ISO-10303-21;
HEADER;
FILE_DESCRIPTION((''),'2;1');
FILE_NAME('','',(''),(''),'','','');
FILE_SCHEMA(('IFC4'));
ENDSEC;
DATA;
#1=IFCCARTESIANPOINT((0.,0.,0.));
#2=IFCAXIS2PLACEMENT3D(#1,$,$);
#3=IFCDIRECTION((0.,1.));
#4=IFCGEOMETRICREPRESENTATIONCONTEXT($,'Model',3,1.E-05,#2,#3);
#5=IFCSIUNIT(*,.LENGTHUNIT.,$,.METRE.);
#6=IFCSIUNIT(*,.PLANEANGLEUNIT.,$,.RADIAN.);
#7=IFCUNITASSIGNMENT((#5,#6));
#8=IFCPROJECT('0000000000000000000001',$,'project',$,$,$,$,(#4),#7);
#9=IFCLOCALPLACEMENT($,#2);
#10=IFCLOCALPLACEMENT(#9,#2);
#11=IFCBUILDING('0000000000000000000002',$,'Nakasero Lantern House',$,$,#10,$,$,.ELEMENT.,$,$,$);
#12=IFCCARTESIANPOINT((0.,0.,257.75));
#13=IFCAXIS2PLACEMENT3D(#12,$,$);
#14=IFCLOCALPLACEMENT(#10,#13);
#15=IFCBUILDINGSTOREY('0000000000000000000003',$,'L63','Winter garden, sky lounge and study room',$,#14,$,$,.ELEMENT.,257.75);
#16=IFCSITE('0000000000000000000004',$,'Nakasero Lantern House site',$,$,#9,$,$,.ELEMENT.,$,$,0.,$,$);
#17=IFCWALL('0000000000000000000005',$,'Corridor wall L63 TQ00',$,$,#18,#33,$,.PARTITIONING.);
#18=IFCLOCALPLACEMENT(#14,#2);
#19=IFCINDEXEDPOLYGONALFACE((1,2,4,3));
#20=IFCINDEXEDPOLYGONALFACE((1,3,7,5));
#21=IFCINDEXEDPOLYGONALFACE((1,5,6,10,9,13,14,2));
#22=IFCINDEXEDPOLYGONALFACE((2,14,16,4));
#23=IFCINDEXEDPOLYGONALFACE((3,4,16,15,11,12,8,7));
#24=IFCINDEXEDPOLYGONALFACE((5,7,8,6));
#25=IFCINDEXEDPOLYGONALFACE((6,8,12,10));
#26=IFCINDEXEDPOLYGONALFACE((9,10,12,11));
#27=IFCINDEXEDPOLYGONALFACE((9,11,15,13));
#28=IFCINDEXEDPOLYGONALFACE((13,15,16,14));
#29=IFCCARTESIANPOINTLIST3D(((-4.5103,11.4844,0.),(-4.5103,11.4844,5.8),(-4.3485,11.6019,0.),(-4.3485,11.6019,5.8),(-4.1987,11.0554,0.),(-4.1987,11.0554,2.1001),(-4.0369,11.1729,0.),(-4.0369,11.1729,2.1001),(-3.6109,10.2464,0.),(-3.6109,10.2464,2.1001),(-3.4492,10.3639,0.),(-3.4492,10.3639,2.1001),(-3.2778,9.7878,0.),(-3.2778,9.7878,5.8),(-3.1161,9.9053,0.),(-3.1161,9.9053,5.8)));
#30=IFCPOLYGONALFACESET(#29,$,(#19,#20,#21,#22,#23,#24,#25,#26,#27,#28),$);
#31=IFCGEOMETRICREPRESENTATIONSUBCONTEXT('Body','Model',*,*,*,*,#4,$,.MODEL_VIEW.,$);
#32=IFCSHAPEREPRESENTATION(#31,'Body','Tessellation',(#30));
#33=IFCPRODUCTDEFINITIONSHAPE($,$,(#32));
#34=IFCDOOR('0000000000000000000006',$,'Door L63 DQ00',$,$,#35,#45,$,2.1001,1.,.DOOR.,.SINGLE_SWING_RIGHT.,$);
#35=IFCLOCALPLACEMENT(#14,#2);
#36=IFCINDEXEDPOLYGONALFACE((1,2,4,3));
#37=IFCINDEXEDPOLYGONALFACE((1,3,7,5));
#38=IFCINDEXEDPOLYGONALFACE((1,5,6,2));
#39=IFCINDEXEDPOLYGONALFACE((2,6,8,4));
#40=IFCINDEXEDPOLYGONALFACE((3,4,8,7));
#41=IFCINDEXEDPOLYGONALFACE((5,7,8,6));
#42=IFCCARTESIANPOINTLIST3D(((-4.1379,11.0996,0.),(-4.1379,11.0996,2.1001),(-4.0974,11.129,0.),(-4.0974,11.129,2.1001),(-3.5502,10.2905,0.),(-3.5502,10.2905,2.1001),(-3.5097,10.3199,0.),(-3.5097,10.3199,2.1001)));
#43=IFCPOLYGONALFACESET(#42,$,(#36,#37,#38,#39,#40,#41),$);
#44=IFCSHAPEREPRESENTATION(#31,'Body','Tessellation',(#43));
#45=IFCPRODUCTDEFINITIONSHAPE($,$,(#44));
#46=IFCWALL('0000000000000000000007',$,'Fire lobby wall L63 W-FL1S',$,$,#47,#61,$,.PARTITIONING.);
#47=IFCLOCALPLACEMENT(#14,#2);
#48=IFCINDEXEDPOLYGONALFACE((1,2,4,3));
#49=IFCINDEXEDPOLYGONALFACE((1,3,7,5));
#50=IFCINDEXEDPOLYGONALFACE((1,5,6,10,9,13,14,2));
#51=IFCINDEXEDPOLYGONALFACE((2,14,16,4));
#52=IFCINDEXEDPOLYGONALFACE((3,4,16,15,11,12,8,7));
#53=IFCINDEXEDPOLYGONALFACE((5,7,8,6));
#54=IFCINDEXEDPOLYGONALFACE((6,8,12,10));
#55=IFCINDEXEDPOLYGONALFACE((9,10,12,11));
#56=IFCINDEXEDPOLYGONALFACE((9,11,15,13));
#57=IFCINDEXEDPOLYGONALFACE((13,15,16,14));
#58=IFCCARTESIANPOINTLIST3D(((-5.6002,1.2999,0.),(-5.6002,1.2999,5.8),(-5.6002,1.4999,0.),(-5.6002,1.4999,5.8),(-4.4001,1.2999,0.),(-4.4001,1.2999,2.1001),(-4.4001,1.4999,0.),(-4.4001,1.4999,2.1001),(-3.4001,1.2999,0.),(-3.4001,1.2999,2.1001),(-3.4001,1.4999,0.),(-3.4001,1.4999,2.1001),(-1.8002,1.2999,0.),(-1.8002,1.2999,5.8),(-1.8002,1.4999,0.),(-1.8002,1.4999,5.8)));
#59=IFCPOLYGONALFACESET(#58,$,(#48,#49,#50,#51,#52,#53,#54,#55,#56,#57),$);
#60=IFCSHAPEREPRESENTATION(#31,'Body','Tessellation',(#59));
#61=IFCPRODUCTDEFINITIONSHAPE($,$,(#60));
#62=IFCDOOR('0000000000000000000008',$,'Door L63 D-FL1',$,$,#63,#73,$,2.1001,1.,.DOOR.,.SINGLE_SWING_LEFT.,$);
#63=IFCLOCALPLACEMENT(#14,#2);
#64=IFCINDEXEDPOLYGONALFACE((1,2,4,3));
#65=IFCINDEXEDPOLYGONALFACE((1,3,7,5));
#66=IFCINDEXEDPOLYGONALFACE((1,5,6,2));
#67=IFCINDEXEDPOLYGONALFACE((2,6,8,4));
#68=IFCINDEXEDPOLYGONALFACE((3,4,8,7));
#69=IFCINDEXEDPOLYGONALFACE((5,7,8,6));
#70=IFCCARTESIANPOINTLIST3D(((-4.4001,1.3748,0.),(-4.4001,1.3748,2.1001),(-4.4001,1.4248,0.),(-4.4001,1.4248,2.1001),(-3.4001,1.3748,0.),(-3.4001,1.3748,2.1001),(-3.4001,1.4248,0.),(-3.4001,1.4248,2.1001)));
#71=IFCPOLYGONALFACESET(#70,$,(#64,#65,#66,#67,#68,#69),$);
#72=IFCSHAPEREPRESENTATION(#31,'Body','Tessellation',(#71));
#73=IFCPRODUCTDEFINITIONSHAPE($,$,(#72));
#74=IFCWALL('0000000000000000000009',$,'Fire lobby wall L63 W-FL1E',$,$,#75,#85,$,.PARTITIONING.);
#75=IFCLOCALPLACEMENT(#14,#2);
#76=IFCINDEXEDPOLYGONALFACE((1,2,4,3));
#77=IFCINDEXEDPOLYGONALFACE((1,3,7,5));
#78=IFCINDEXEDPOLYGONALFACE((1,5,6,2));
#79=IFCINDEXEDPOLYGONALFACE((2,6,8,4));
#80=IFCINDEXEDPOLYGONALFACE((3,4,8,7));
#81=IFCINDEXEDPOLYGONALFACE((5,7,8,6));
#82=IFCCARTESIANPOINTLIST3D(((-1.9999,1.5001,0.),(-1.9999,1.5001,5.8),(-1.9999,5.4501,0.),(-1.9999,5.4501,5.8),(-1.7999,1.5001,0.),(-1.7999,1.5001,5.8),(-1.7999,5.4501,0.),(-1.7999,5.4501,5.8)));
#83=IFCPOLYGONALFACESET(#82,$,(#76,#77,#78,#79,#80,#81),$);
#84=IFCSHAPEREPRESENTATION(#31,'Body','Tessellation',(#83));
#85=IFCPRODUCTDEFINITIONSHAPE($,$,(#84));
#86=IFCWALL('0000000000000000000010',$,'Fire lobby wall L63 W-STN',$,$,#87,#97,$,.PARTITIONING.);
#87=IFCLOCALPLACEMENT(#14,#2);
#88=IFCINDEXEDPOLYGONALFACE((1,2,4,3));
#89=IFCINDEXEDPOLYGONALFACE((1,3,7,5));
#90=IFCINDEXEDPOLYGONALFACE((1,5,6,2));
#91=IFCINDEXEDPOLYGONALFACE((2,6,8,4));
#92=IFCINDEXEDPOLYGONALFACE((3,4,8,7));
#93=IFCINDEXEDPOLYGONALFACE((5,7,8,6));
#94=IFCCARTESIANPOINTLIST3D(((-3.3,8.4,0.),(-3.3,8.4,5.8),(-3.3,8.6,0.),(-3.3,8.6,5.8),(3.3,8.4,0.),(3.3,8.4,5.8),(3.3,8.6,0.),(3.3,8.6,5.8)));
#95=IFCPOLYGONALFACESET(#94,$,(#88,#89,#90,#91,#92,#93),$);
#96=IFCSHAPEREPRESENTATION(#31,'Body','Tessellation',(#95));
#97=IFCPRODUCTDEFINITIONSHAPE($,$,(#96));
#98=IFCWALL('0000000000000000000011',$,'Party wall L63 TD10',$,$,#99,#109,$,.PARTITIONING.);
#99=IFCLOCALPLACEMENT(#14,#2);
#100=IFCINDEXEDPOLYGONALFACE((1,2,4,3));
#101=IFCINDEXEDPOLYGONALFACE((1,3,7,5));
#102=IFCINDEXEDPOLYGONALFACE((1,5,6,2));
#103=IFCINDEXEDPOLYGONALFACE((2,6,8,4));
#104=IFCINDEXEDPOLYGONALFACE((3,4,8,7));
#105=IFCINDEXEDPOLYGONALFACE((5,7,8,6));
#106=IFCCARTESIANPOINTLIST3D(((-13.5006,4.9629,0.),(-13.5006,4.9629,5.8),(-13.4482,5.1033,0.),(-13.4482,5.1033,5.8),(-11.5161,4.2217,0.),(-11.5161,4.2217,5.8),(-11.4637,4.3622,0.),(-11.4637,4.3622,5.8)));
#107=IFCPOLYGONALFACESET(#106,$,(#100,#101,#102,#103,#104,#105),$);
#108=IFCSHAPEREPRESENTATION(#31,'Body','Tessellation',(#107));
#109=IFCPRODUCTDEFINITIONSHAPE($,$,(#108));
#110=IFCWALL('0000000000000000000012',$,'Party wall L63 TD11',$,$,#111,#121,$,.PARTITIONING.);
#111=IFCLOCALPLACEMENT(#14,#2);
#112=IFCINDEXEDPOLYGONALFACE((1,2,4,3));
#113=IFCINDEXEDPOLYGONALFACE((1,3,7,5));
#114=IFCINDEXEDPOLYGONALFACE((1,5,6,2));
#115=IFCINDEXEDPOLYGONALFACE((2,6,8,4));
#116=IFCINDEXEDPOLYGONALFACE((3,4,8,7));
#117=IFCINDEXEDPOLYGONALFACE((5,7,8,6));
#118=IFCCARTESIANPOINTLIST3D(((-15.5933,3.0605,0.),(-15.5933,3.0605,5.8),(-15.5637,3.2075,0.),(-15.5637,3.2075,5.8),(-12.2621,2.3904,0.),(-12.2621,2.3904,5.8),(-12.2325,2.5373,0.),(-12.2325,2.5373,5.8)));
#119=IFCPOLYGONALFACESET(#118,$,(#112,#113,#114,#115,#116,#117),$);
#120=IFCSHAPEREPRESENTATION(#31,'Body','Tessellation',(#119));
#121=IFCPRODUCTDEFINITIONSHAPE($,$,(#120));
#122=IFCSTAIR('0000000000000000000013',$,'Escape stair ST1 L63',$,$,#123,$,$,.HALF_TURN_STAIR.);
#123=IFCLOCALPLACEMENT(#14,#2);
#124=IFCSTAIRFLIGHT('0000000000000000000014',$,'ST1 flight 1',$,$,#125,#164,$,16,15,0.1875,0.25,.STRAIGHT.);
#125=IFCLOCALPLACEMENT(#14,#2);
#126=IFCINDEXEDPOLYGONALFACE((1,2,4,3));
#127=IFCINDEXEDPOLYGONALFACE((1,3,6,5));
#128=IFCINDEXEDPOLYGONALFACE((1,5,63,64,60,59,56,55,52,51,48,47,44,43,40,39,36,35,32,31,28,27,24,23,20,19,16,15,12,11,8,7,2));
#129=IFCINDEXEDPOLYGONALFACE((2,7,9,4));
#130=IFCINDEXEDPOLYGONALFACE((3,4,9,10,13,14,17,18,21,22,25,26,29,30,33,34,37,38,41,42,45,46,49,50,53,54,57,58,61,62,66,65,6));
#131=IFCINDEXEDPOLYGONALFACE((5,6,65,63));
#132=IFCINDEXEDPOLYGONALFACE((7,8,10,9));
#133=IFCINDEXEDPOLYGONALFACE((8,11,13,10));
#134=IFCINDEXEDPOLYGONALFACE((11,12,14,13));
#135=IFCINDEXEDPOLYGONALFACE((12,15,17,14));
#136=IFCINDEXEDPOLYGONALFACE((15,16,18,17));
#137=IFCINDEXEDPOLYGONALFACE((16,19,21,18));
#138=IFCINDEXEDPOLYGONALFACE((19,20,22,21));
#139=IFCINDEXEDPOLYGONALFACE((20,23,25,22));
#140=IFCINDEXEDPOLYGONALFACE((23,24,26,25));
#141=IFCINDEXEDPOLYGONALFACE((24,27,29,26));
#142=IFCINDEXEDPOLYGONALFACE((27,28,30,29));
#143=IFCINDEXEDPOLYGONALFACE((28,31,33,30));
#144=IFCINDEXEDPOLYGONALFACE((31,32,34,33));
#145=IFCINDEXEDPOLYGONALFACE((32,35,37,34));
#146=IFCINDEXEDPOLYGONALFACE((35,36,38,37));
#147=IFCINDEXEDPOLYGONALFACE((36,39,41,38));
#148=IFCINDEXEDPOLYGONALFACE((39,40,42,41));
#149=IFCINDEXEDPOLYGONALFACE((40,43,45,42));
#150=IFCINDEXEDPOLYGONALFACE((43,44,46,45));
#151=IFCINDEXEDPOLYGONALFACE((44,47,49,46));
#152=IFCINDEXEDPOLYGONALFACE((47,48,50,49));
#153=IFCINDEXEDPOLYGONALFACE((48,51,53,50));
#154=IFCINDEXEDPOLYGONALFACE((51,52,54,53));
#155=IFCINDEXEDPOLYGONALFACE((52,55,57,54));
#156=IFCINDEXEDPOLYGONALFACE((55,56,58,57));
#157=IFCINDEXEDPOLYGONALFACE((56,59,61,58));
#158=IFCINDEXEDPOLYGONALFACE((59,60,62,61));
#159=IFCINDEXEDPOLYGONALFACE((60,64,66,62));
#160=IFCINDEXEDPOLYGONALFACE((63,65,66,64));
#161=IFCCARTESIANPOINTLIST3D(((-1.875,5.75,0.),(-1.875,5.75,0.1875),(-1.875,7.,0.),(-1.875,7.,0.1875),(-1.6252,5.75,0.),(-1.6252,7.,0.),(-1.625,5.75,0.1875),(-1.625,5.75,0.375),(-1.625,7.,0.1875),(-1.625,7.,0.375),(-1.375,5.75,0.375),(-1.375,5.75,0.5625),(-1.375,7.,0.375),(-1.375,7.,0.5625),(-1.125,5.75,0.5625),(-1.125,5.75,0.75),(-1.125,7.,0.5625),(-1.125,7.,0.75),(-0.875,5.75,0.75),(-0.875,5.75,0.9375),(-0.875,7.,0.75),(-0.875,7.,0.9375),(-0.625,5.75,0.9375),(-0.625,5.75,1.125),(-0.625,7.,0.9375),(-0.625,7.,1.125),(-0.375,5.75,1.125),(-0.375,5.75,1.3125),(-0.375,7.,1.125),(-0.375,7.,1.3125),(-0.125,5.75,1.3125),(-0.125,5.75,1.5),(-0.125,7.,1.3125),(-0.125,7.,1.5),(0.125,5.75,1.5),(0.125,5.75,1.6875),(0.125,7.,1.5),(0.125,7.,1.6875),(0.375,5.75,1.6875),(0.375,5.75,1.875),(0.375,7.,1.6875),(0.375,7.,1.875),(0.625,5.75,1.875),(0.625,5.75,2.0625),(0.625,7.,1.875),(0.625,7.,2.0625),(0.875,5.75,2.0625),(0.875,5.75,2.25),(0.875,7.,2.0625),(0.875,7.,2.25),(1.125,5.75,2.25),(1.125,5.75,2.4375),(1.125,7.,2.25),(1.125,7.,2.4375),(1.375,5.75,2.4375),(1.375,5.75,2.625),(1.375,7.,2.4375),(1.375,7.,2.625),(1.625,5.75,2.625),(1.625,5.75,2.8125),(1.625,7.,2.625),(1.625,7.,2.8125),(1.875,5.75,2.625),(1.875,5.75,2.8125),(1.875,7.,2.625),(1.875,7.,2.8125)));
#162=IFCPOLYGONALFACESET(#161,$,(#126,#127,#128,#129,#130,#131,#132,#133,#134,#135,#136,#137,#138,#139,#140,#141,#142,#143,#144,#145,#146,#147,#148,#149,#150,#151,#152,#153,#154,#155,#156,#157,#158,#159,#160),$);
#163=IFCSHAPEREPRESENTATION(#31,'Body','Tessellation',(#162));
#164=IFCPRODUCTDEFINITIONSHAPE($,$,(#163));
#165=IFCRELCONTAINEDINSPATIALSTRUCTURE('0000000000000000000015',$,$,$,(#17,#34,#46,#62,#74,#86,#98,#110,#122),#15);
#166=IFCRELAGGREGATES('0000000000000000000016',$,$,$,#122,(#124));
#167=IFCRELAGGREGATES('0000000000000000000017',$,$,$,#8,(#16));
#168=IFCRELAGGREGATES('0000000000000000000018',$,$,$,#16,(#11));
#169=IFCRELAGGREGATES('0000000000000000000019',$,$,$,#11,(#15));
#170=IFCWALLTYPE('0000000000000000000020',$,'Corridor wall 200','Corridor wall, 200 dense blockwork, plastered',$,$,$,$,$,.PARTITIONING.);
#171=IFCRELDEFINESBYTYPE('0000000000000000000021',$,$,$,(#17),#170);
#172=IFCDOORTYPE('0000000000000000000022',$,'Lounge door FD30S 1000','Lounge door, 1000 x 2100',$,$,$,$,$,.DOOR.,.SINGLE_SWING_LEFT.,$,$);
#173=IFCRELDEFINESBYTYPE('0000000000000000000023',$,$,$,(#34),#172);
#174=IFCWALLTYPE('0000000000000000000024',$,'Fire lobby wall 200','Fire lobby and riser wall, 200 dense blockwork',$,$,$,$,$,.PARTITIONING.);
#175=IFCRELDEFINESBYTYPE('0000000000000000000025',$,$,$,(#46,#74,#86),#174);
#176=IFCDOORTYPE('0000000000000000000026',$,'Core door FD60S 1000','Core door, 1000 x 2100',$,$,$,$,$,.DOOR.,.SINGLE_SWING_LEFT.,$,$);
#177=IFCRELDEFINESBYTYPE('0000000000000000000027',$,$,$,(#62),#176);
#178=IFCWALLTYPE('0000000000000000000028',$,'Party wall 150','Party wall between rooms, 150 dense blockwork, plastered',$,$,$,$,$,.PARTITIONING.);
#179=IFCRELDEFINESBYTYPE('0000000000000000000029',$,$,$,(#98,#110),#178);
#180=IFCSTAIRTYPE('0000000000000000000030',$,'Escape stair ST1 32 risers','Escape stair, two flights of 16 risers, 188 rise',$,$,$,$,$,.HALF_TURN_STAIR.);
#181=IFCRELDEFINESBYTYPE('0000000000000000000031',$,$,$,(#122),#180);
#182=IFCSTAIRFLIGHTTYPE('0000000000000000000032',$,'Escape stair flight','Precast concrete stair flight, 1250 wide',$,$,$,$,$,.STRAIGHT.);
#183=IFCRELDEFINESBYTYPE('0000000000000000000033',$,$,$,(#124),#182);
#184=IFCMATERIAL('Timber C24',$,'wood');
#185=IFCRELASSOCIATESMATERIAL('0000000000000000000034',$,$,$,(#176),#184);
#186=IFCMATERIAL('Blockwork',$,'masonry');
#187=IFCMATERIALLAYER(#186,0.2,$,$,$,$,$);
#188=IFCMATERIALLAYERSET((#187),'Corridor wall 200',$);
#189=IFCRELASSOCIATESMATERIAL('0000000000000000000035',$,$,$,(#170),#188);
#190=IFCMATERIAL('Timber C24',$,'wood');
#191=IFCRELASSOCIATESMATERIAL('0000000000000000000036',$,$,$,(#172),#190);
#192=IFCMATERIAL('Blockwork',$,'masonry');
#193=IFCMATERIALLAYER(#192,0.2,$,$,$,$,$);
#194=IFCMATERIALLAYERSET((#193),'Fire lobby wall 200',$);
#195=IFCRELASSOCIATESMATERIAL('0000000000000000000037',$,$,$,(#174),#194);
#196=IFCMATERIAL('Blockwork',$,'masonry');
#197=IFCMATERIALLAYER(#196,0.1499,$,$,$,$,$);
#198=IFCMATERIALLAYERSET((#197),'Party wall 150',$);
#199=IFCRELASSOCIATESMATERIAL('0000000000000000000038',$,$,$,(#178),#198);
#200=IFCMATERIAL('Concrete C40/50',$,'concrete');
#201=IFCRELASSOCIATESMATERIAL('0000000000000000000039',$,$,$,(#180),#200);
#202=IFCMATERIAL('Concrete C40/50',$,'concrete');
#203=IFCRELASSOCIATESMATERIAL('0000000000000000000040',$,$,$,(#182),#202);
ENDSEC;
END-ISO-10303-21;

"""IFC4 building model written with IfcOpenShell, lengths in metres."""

from ifc_helpers import new_model, si_unit, direction, frame, frame_2d, origin, place, context, subcontext, project, spatial, polyline, rectangle, outline, extrude, material, layer, layer_set, type_object, element, fill, aggregate, save


model = new_model("IFC4")

# Units and contexts
model_context = context("Model", 3, precision=1e-05, world=origin(), true_north=direction((0.0, 1.0)))
body_context = subcontext(model_context, "Body", "Model", "MODEL_VIEW")
ifc_project = project(units=[si_unit("LENGTHUNIT", "METRE"), si_unit("PLANEANGLEUNIT", "RADIAN")], contexts=[model_context])

# Site, building, storey
site_placement = place(None, origin())
site = spatial("IfcSite", under=ifc_project, at=site_placement, Name="Nakasero Lantern House site", CompositionType="ELEMENT", RefElevation=0.0)
building_placement = place(site_placement, origin())
building = spatial("IfcBuilding", under=site, at=building_placement, Name="Nakasero Lantern House", CompositionType="ELEMENT")
storey_placement = place(building_placement, frame((0.0, 0.0, 257.75)))
storey = spatial("IfcBuildingStorey", under=building, at=storey_placement, Name="L63", Description="Winter garden, sky lounge and study room", CompositionType="ELEMENT", Elevation=257.75)

# Shared definitions
ifc_material_1 = material(Name="Timber C24", Category="wood")
door_type_1 = type_object("IfcDoorType", Name="Core door FD60S 1000", Description="Core door, 1000 x 2100", OperationType="SINGLE_SWING_LEFT", PredefinedType="DOOR", material=ifc_material_1)

# Shared definitions
ifc_material_2 = material(Name="Blockwork", Category="masonry")
ifc_layer_1 = layer(ifc_material_2, 0.2)
ifc_layer_set_1 = layer_set([ifc_layer_1], Name="Corridor wall 200")
wall_type_1 = type_object("IfcWallType", Name="Corridor wall 200", Description="Corridor wall, 200 dense blockwork, plastered", PredefinedType="PARTITIONING", material=ifc_layer_set_1)

# Walls, openings, doors
wall_1_placement = place(storey_placement, frame((-3.197, 9.8467, 0.0), z_axis=(0.0, 0.0, 1.0), x_axis=(-0.587729, 0.809058, 0.0)))
wall_1 = element("IfcWall", 1, at=wall_1_placement, inside=storey, type_object=wall_type_1, Name="Corridor wall L63 TQ00", PredefinedType="PARTITIONING", context=body_context, shape_type="SweptSolid", body=[
    extrude(rectangle(XDim=2.0969, YDim=0.2, at=frame_2d((1.0483, 0.0))), origin(), (0.0, 0.0, 1.0), 5.8),
])
opening_1_placement = place(wall_1_placement, frame((0.5667, 0.0, 0.0)))
opening_1 = element("IfcOpeningElement", 2, at=opening_1_placement, cuts=wall_1, PredefinedType="OPENING", context=body_context, shape_type="SweptSolid", body=[
    extrude(rectangle(XDim=1.0, YDim=2.1001, at=frame_2d((0.5, 1.05))), frame((0.0, 0.1199, 0.0), z_axis=(0.0, -1.0, 0.0), x_axis=(1.0, 0.0, 0.0)), (0.0, 0.0, 1.0), 0.24),
])
ifc_material_3 = material(Name="Timber C24", Category="wood")
door_type_2 = type_object("IfcDoorType", Name="Lounge door FD30S 1000", Description="Lounge door, 1000 x 2100", OperationType="SINGLE_SWING_LEFT", PredefinedType="DOOR", material=ifc_material_3)
door_1_placement = place(opening_1_placement, origin())
door_1 = element("IfcDoor", 3, at=door_1_placement, inside=storey, type_object=door_type_2, Name="Door L63 DQ00", OperationType="SINGLE_SWING_RIGHT", OverallHeight=2.1001, OverallWidth=1.0, PredefinedType="DOOR", context=body_context, shape_type="SweptSolid", body=[
    extrude(rectangle(XDim=1.0, YDim=2.1001, at=frame_2d((0.5, 1.05))), frame((0.0, 0.0249, 0.0), z_axis=(0.0, -1.0, 0.0), x_axis=(1.0, 0.0, 0.0)), (0.0, 0.0, 1.0), 0.05),
])
fill(opening_1, door_1)
ifc_material_4 = material(Name="Blockwork", Category="masonry")
ifc_layer_2 = layer(ifc_material_4, 0.2)
ifc_layer_set_2 = layer_set([ifc_layer_2], Name="Fire lobby wall 200")
wall_type_2 = type_object("IfcWallType", Name="Fire lobby wall 200", Description="Fire lobby and riser wall, 200 dense blockwork", PredefinedType="PARTITIONING", material=ifc_layer_set_2)
wall_2_placement = place(storey_placement, frame((-5.6001, 1.3999, 0.0), z_axis=(0.0, 0.0, 1.0), x_axis=(1.0, 0.0, 0.0)))
wall_2 = element("IfcWall", 4, at=wall_2_placement, inside=storey, type_object=wall_type_2, Name="Fire lobby wall L63 W-FL1S", PredefinedType="PARTITIONING", context=body_context, shape_type="SweptSolid", body=[
    extrude(rectangle(XDim=3.8, YDim=0.2, at=frame_2d((1.8999, 0.0))), origin(), (0.0, 0.0, 1.0), 5.8),
])
opening_2_placement = place(wall_2_placement, frame((1.2, 0.0, 0.0)))
opening_2 = element("IfcOpeningElement", 5, at=opening_2_placement, cuts=wall_2, PredefinedType="OPENING", context=body_context, shape_type="SweptSolid", body=[
    extrude(rectangle(XDim=1.0, YDim=2.1001, at=frame_2d((0.5, 1.05))), frame((0.0, 0.1199, 0.0), z_axis=(0.0, -1.0, 0.0), x_axis=(1.0, 0.0, 0.0)), (0.0, 0.0, 1.0), 0.24),
])
door_2_placement = place(opening_2_placement, origin())
door_2 = element("IfcDoor", 6, at=door_2_placement, inside=storey, type_object=door_type_1, Name="Door L63 D-FL1", OperationType="SINGLE_SWING_LEFT", OverallHeight=2.1001, OverallWidth=1.0, PredefinedType="DOOR", context=body_context, shape_type="SweptSolid", body=[
    extrude(rectangle(XDim=1.0, YDim=2.1001, at=frame_2d((0.5, 1.05))), frame((0.0, 0.0249, 0.0), z_axis=(0.0, -1.0, 0.0), x_axis=(1.0, 0.0, 0.0)), (0.0, 0.0, 1.0), 0.05),
])
fill(opening_2, door_2)

# Walls
wall_3_placement = place(storey_placement, frame((-1.8999, 1.5, 0.0), z_axis=(0.0, 0.0, 1.0), x_axis=(0.0, 1.0, 0.0)))
element("IfcWall", 7, at=wall_3_placement, inside=storey, type_object=wall_type_2, Name="Fire lobby wall L63 W-FL1E", PredefinedType="PARTITIONING", context=body_context, shape_type="SweptSolid", body=[
    extrude(rectangle(XDim=3.95, YDim=0.2, at=frame_2d((1.9751, 0.0))), origin(), (0.0, 0.0, 1.0), 5.8),
])
wall_4_placement = place(storey_placement, frame((-3.3, 8.5, 0.0), z_axis=(0.0, 0.0, 1.0), x_axis=(1.0, 0.0, 0.0)))
element("IfcWall", 8, at=wall_4_placement, inside=storey, type_object=wall_type_2, Name="Fire lobby wall L63 W-STN", PredefinedType="PARTITIONING", context=body_context, shape_type="SweptSolid", body=[
    extrude(rectangle(XDim=6.6001, YDim=0.2, at=frame_2d((3.3, 0.0))), origin(), (0.0, 0.0, 1.0), 5.8),
])
ifc_material_5 = material(Name="Blockwork", Category="masonry")
ifc_layer_3 = layer(ifc_material_5, 0.1499)
ifc_layer_set_3 = layer_set([ifc_layer_3], Name="Party wall 150")
wall_type_3 = type_object("IfcWallType", Name="Party wall 150", Description="Party wall between rooms, 150 dense blockwork, plastered", PredefinedType="PARTITIONING", material=ifc_layer_set_3)
wall_5_placement = place(storey_placement, frame((-11.49, 4.292, 0.0), z_axis=(0.0, 0.0, 1.0), x_axis=(-0.936797, 0.349873, 0.0)))
element("IfcWall", 9, at=wall_5_placement, inside=storey, type_object=wall_type_3, Name="Party wall L63 TD10", PredefinedType="PARTITIONING", context=body_context, shape_type="SweptSolid", body=[
    extrude(rectangle(XDim=2.1184, YDim=0.1499, at=frame_2d((1.0591, 0.0))), origin(), (0.0, 0.0, 1.0), 5.8),
])
wall_6_placement = place(storey_placement, frame((-12.2473, 2.4639, 0.0), z_axis=(0.0, 0.0, 1.0), x_axis=(-0.980359, 0.197221, 0.0)))
element("IfcWall", 10, at=wall_6_placement, inside=storey, type_object=wall_type_3, Name="Party wall L63 TD11", PredefinedType="PARTITIONING", context=body_context, shape_type="SweptSolid", body=[
    extrude(rectangle(XDim=3.3979, YDim=0.1499, at=frame_2d((1.699, 0.0))), origin(), (0.0, 0.0, 1.0), 5.8),
])

# Stair, stair flight
ifc_material_6 = material(Name="Concrete C40/50", Category="concrete")
stair_type = type_object("IfcStairType", Name="Escape stair ST1 32 risers", Description="Escape stair, two flights of 16 risers, 188 rise", PredefinedType="HALF_TURN_STAIR", material=ifc_material_6)
stair_placement = place(storey_placement, origin())
stair = element("IfcStair", 11, at=stair_placement, inside=storey, type_object=stair_type, Name="Escape stair ST1 L63", PredefinedType="HALF_TURN_STAIR")
ifc_material_7 = material(Name="Concrete C40/50", Category="concrete")
stair_flight_type = type_object("IfcStairFlightType", Name="Escape stair flight", Description="Precast concrete stair flight, 1250 wide", PredefinedType="STRAIGHT", material=ifc_material_7)
stair_flight_placement = place(storey_placement, frame((-1.875, 6.375, 0.0), z_axis=(0.0, 0.0, 1.0), x_axis=(1.0, 0.0, 0.0)))
stair_flight = element("IfcStairFlight", 12, at=stair_flight_placement, type_object=stair_flight_type, Name="ST1 flight 1", NumberOfRisers=16, NumberOfTreads=15, PredefinedType="STRAIGHT", RiserHeight=0.1875, TreadLength=0.25, context=body_context, shape_type="SweptSolid", body=[
    extrude(outline(polyline([(0.0, 0.0), (0.0, 0.1875), (0.25, 0.1875), (0.25, 0.375), (0.5, 0.375), (0.5, 0.5625), (0.75, 0.5625), (0.75, 0.75), (1.0, 0.75), (1.0, 0.9375), (1.25, 0.9375), (1.25, 1.125), (1.5, 1.125), (1.5, 1.3125), (1.75, 1.3125), (1.75, 1.5), (2.0, 1.5), (2.0, 1.6875), (2.25, 1.6875), (2.25, 1.875), (2.5, 1.875), (2.5, 2.0625), (2.75, 2.0625), (2.75, 2.25), (3.0, 2.25), (3.0, 2.4375), (3.25, 2.4375), (3.25, 2.625), (3.5, 2.625), (3.5, 2.8125), (3.75, 2.8125), (3.75, 3.0), (3.75, 2.625), (0.2498, 0.0), (0.0, 0.0)])), frame((0.0, 0.625, 0.0), z_axis=(0.0, -1.0, 0.0), x_axis=(1.0, 0.0, 0.0)), (0.0, 0.0, 1.0), 1.25),
])
aggregate(stair, [stair_flight])

save(model, "model.ifc")
